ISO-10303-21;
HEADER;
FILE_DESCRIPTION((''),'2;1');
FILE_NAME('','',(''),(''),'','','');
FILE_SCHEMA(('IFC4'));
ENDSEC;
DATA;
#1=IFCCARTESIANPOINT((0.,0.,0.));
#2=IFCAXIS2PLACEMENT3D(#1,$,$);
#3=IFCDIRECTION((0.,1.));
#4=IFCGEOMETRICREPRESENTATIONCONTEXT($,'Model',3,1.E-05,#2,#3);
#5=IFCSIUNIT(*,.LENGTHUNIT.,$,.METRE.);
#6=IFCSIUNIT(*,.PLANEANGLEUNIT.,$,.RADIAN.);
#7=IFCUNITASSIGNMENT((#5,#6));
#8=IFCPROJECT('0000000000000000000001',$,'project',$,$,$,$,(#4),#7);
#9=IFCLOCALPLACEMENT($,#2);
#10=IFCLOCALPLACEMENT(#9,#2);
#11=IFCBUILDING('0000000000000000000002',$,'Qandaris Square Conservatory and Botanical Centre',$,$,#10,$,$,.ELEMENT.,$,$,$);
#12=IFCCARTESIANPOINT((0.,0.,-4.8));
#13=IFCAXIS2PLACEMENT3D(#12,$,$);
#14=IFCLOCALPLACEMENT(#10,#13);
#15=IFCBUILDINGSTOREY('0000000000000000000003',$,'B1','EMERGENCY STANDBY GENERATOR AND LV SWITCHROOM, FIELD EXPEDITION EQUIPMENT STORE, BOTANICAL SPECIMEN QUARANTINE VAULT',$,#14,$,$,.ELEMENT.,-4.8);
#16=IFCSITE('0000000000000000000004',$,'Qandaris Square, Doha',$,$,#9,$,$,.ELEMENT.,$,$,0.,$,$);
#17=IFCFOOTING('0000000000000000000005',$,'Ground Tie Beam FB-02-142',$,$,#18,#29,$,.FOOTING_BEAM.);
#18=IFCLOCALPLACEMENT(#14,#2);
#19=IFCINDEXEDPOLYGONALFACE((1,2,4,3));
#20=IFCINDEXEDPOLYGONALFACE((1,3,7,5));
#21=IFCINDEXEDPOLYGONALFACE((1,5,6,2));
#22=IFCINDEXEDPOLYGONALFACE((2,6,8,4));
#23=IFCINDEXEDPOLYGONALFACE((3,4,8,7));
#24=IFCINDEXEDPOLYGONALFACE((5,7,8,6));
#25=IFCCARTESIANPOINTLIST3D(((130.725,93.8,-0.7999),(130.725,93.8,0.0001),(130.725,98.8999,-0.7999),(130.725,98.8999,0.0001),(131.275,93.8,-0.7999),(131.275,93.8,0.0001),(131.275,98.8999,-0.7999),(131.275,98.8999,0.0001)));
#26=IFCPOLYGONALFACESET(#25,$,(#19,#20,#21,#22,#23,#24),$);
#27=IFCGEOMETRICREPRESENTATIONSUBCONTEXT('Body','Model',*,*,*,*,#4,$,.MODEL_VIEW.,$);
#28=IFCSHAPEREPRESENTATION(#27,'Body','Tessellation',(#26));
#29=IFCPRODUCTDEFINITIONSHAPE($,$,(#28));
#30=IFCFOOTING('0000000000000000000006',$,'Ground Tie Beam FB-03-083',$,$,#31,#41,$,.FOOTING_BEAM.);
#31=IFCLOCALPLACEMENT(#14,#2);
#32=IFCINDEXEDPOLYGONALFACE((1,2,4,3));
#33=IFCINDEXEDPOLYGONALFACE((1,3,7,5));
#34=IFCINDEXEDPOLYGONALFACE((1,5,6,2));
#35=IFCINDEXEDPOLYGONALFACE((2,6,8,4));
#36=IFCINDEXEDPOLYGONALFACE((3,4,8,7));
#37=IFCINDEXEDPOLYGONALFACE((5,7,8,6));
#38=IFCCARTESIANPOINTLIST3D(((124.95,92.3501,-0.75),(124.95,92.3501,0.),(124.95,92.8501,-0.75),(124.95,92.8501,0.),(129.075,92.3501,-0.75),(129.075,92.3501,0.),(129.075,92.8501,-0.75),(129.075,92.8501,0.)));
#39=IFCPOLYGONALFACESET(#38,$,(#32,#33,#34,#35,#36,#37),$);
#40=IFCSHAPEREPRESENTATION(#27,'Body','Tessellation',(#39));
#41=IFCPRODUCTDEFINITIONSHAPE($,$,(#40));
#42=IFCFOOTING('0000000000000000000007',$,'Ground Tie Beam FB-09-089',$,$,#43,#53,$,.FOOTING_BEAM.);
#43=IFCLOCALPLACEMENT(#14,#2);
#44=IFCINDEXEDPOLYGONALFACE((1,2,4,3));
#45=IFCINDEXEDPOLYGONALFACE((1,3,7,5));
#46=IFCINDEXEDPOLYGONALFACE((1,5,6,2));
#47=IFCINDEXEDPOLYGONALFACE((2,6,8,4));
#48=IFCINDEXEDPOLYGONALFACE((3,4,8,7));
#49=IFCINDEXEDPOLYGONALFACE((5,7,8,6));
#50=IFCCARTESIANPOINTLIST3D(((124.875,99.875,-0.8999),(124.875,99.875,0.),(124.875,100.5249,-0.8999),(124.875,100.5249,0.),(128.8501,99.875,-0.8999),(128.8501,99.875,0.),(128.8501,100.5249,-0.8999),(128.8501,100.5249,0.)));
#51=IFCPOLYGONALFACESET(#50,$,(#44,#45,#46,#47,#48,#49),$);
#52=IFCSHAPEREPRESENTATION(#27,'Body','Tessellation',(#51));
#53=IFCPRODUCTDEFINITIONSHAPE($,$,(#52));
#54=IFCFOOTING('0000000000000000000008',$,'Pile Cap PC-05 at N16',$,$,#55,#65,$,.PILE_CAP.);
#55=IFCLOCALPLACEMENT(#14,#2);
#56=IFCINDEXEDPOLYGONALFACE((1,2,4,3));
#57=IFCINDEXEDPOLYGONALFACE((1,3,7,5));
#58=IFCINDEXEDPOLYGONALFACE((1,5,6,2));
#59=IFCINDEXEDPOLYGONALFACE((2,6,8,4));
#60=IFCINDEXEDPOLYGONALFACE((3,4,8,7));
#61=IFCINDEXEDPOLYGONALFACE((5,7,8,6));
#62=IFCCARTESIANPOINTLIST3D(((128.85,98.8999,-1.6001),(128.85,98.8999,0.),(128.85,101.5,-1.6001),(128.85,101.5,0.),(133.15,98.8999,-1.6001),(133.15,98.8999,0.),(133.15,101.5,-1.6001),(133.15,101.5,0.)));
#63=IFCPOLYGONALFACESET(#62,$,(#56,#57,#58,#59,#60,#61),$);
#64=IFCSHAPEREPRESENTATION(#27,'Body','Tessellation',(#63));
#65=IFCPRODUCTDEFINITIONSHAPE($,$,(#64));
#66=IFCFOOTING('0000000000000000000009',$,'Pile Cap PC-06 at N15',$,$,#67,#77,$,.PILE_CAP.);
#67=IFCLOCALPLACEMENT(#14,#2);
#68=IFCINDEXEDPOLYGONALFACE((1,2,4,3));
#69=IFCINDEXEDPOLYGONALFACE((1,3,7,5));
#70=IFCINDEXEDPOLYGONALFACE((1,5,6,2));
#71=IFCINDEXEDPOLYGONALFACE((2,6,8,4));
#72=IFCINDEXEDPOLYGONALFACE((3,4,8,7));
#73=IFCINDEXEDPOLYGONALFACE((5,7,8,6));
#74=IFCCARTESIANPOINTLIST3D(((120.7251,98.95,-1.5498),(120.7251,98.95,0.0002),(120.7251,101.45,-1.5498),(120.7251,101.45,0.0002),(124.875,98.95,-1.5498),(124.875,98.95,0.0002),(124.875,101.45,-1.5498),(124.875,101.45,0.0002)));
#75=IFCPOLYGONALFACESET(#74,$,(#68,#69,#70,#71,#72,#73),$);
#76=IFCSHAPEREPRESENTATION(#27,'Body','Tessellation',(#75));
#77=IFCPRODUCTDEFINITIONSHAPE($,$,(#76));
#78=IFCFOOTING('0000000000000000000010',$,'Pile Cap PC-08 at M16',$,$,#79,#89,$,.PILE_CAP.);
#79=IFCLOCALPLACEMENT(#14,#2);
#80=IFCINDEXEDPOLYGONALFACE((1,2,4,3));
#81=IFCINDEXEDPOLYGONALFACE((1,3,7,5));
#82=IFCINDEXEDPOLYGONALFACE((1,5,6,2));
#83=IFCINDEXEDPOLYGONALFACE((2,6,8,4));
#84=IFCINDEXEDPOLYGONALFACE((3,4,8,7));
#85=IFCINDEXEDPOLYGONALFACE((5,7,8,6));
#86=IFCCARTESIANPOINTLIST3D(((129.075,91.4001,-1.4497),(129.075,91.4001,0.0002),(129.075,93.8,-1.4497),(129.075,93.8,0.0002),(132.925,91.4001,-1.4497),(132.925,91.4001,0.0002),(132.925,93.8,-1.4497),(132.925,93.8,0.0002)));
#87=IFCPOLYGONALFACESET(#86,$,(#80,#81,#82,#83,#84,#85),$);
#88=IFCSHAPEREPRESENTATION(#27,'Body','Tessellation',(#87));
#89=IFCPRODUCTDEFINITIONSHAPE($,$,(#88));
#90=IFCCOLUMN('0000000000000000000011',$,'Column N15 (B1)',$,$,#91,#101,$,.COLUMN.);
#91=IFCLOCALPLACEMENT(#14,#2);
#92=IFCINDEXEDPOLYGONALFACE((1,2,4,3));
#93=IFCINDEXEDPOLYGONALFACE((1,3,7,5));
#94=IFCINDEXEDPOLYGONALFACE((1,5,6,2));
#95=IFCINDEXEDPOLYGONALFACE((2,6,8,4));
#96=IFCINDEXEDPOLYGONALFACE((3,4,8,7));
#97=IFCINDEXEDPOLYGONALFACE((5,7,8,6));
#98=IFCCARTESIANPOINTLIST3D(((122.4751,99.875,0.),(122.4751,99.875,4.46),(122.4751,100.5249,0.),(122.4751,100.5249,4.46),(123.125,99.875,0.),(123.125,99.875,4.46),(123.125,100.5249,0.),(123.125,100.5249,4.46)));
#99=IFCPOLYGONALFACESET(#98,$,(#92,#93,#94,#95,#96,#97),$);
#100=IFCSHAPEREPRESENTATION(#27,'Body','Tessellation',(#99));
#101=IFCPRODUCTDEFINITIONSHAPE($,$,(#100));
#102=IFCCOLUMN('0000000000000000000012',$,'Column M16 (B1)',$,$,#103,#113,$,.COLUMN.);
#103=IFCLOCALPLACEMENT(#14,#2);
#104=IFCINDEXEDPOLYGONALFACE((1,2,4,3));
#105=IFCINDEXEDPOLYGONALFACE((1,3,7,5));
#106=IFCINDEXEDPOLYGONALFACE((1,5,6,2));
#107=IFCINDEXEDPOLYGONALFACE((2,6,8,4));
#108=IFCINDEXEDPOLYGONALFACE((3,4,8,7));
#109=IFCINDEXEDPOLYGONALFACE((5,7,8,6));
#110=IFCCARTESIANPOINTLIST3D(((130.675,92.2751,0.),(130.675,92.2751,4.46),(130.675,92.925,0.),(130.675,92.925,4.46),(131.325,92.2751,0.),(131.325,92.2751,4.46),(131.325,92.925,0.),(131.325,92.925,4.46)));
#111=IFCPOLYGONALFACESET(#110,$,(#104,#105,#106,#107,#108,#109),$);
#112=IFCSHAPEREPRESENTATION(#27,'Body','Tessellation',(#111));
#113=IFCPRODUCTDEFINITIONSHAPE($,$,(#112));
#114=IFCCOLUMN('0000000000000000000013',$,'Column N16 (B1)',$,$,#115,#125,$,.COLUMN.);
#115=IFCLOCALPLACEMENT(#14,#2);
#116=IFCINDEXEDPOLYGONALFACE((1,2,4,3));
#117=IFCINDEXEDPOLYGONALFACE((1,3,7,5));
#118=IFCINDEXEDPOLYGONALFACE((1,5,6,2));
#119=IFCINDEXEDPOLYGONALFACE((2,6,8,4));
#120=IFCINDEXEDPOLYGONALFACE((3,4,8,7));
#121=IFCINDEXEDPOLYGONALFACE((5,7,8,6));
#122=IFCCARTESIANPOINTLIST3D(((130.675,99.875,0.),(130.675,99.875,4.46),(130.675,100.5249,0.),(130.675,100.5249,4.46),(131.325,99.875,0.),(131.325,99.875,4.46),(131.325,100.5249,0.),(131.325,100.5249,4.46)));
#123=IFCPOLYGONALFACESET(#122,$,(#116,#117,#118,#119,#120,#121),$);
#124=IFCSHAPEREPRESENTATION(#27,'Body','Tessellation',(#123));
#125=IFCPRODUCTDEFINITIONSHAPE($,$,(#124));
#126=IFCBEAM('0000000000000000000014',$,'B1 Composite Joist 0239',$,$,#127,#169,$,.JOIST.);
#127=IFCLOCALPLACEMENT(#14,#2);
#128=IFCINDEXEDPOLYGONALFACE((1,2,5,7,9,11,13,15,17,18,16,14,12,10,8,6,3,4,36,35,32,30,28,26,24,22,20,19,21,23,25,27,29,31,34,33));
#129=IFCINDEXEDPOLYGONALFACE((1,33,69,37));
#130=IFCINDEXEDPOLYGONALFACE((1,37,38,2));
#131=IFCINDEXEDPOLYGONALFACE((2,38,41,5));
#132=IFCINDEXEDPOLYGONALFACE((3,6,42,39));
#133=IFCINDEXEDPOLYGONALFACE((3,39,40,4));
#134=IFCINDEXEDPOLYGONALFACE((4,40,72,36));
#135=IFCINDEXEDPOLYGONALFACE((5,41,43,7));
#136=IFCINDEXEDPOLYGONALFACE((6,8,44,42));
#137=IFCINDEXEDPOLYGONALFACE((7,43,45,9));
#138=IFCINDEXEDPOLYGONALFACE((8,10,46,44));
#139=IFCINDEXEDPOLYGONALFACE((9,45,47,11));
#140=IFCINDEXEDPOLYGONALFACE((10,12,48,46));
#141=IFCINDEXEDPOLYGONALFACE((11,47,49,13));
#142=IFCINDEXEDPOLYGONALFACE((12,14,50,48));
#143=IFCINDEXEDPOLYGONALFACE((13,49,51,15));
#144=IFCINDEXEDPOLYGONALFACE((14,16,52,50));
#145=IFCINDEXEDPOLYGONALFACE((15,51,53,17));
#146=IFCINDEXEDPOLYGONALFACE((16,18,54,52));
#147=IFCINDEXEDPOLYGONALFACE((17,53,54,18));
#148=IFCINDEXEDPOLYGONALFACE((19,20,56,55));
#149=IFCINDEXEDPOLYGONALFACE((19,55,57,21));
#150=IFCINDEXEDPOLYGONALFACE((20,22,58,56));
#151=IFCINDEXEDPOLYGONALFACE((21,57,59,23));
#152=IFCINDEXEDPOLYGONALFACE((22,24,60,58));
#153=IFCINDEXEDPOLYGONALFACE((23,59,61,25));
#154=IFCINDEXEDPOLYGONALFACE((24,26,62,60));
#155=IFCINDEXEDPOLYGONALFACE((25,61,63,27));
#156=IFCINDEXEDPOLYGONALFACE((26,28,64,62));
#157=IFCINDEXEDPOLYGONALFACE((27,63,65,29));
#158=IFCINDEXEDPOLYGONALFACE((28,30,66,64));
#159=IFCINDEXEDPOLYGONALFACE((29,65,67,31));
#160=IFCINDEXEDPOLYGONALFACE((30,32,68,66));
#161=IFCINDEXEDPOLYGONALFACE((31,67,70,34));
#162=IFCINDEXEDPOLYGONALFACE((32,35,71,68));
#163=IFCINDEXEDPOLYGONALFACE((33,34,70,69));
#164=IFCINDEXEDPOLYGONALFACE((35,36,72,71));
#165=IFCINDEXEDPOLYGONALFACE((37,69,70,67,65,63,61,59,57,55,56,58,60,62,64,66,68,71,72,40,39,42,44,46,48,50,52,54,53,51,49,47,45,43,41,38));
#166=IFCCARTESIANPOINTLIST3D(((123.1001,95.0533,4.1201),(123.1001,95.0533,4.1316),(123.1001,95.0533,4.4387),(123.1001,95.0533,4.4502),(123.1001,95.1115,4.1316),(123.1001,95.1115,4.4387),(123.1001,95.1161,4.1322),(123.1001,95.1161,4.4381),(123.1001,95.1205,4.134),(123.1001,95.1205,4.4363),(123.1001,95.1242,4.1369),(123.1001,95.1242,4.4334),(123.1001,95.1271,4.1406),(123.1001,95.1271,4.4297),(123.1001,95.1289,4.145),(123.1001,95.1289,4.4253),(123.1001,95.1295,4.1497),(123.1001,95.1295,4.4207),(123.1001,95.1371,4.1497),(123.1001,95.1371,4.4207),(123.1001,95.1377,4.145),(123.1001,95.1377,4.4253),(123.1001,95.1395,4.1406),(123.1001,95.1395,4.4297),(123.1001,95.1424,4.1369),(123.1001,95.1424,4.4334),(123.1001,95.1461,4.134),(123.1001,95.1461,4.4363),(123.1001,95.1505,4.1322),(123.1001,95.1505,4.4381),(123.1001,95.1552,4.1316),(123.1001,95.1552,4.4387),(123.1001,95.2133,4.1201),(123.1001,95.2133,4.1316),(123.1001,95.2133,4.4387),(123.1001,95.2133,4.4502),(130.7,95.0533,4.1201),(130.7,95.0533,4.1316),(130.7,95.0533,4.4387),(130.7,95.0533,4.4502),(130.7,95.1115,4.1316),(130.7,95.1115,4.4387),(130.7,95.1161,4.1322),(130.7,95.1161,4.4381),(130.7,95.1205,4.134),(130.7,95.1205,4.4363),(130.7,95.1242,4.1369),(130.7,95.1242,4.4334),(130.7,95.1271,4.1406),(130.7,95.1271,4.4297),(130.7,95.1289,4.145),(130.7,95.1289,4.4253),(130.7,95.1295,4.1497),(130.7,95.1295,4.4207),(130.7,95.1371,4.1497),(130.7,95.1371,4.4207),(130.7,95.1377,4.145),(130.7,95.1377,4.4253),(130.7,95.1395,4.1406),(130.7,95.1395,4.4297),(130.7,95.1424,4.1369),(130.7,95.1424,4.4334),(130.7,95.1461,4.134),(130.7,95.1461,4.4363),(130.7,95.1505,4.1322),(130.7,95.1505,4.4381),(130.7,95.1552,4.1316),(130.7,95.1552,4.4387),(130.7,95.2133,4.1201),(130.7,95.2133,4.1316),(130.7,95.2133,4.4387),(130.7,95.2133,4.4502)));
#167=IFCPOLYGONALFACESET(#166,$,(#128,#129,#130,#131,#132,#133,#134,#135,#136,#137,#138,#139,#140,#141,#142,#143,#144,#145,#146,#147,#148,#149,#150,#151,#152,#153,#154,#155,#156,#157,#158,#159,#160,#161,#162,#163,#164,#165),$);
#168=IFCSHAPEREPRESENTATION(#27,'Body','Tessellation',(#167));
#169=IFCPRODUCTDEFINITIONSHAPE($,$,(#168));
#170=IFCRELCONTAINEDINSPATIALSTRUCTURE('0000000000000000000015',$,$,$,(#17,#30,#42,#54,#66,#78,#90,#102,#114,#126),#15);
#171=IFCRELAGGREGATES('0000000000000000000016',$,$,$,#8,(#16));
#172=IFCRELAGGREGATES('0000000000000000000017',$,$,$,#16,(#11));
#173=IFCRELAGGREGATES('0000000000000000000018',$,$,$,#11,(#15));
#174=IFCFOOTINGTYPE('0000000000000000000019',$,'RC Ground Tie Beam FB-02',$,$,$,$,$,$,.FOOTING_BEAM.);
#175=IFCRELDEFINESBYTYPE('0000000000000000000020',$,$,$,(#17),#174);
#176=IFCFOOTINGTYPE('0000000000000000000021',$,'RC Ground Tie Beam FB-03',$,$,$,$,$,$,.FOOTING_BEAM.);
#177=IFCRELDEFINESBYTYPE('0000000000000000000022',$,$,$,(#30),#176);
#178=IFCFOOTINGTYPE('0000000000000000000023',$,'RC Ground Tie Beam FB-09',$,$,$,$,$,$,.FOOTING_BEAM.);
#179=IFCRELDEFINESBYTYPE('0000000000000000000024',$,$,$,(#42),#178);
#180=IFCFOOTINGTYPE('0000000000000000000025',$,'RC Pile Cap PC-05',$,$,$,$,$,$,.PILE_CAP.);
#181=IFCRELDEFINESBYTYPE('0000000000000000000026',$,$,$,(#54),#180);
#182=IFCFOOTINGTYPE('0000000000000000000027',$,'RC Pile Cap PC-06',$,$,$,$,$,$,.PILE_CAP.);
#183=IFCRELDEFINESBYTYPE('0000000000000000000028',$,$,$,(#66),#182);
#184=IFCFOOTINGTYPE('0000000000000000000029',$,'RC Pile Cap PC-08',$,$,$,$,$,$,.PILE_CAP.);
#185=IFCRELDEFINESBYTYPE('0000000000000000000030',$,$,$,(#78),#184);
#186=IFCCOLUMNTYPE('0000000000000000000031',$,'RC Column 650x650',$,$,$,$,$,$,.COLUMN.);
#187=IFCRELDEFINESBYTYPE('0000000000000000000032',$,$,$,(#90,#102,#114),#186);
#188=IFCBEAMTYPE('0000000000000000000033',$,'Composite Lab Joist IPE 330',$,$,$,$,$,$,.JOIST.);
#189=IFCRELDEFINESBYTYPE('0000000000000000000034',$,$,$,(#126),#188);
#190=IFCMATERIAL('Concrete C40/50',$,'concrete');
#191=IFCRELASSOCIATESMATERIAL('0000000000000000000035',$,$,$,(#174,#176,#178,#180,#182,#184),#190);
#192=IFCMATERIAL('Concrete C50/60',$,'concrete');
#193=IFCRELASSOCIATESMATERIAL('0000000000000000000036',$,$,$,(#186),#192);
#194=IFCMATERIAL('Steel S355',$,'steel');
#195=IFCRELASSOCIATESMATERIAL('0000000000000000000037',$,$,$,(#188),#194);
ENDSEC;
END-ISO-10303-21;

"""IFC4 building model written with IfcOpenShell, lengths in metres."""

from ifc_helpers import new_model, si_unit, direction, frame, origin, origin_2d, place, context, subcontext, project, spatial, rectangle, i_section, extrude, material, material_profile, profile_set, type_object, element, save


model = new_model("IFC4")

# Units and contexts
model_context = context("Model", 3, precision=1e-05, world=origin(), true_north=direction((0.0, 1.0)))
body_context = subcontext(model_context, "Body", "Model", "MODEL_VIEW")
ifc_project = project(units=[si_unit("LENGTHUNIT", "METRE"), si_unit("PLANEANGLEUNIT", "RADIAN")], contexts=[model_context])

# Site, building, storey
site_placement = place(None, origin())
site = spatial("IfcSite", under=ifc_project, at=site_placement, Name="Qandaris Square, Doha", CompositionType="ELEMENT", RefElevation=0.0)
building_placement = place(site_placement, origin())
building = spatial("IfcBuilding", under=site, at=building_placement, Name="Qandaris Square Conservatory and Botanical Centre", CompositionType="ELEMENT")
storey_placement = place(building_placement, frame((0.0, 0.0, -4.8)))
storey = spatial("IfcBuildingStorey", under=building, at=storey_placement, Name="B1", Description="EMERGENCY STANDBY GENERATOR AND LV SWITCHROOM, FIELD EXPEDITION EQUIPMENT STORE, BOTANICAL SPECIMEN QUARANTINE VAULT", CompositionType="ELEMENT", Elevation=-4.8)

# Shared definitions
ifc_material_1 = material(Name="Concrete C50/60", Category="concrete")

# Footings
ifc_material_2 = material(Name="Concrete C40/50", Category="concrete")
ifc_material_profile_1 = material_profile(ifc_material_2, rectangle(XDim=0.55, YDim=0.8, at=origin_2d()), Name="FB 550x800")
ifc_profile_set_1 = profile_set([ifc_material_profile_1], Name="Concrete C40/50")
footing_type_1 = type_object("IfcFootingType", Name="RC Ground Tie Beam FB-02", PredefinedType="FOOTING_BEAM", material=ifc_profile_set_1)
footing_1_placement = place(storey_placement, frame((131.0, 93.8, -0.3999), z_axis=(0.0, 1.0, 0.0), x_axis=(-1.0, 0.0, 0.0)))
element("IfcFooting", 1, at=footing_1_placement, inside=storey, type_object=footing_type_1, Name="Ground Tie Beam FB-02-142", PredefinedType="FOOTING_BEAM", context=body_context, shape_type="SweptSolid", body=[
    extrude(rectangle(XDim=0.55, YDim=0.8, at=origin_2d()), origin(), (0.0, 0.0, 1.0), 5.0999),
])
ifc_material_profile_2 = material_profile(ifc_material_2, rectangle(XDim=0.5, YDim=0.75, at=origin_2d()), Name="FB 500x750")
ifc_profile_set_2 = profile_set([ifc_material_profile_2], Name="Concrete C40/50")
footing_type_2 = type_object("IfcFootingType", Name="RC Ground Tie Beam FB-03", PredefinedType="FOOTING_BEAM", material=ifc_profile_set_2)
footing_2_placement = place(storey_placement, frame((124.95, 92.6001, -0.375), z_axis=(1.0, 0.0, 0.0), x_axis=(0.0, 1.0, 0.0)))
element("IfcFooting", 2, at=footing_2_placement, inside=storey, type_object=footing_type_2, Name="Ground Tie Beam FB-03-083", PredefinedType="FOOTING_BEAM", context=body_context, shape_type="SweptSolid", body=[
    extrude(rectangle(XDim=0.5, YDim=0.75, at=origin_2d()), origin(), (0.0, 0.0, 1.0), 4.125),
])
ifc_material_profile_3 = material_profile(ifc_material_2, rectangle(XDim=0.6499, YDim=0.8999, at=origin_2d()), Name="FB 650x900")
ifc_profile_set_3 = profile_set([ifc_material_profile_3], Name="Concrete C40/50")
footing_type_3 = type_object("IfcFootingType", Name="RC Ground Tie Beam FB-09", PredefinedType="FOOTING_BEAM", material=ifc_profile_set_3)
footing_3_placement = place(storey_placement, frame((124.875, 100.2, -0.45), z_axis=(1.0, 0.0, 0.0), x_axis=(0.0, 1.0, 0.0)))
element("IfcFooting", 3, at=footing_3_placement, inside=storey, type_object=footing_type_3, Name="Ground Tie Beam FB-09-089", PredefinedType="FOOTING_BEAM", context=body_context, shape_type="SweptSolid", body=[
    extrude(rectangle(XDim=0.6499, YDim=0.8999, at=origin_2d()), origin(), (0.0, 0.0, 1.0), 3.9751),
])
footing_type_4 = type_object("IfcFootingType", Name="RC Pile Cap PC-05", PredefinedType="PILE_CAP", material=ifc_material_2)
footing_4_placement = place(storey_placement, frame((131.0, 100.2, -1.6001), z_axis=(0.0, 0.0, 1.0), x_axis=(1.0, 0.0, 0.0)))
element("IfcFooting", 4, at=footing_4_placement, inside=storey, type_object=footing_type_4, Name="Pile Cap PC-05 at N16", PredefinedType="PILE_CAP", context=body_context, shape_type="SweptSolid", body=[
    extrude(rectangle(XDim=4.3, YDim=2.6001, at=origin_2d()), origin(), (0.0, 0.0, 1.0), 1.6001),
])
footing_type_5 = type_object("IfcFootingType", Name="RC Pile Cap PC-06", PredefinedType="PILE_CAP", material=ifc_material_2)
footing_5_placement = place(storey_placement, frame((122.8, 100.2, -1.5498), z_axis=(0.0, 0.0, 1.0), x_axis=(1.0, 0.0, 0.0)))
element("IfcFooting", 5, at=footing_5_placement, inside=storey, type_object=footing_type_5, Name="Pile Cap PC-06 at N15", PredefinedType="PILE_CAP", context=body_context, shape_type="SweptSolid", body=[
    extrude(rectangle(XDim=4.1499, YDim=2.5, at=origin_2d()), origin(), (0.0, 0.0, 1.0), 1.55),
])
footing_type_6 = type_object("IfcFootingType", Name="RC Pile Cap PC-08", PredefinedType="PILE_CAP", material=ifc_material_2)
footing_6_placement = place(storey_placement, frame((131.0, 92.6001, -1.4497), z_axis=(0.0, 0.0, 1.0), x_axis=(1.0, 0.0, 0.0)))
element("IfcFooting", 6, at=footing_6_placement, inside=storey, type_object=footing_type_6, Name="Pile Cap PC-08 at M16", PredefinedType="PILE_CAP", context=body_context, shape_type="SweptSolid", body=[
    extrude(rectangle(XDim=3.8501, YDim=2.3999, at=origin_2d()), origin(), (0.0, 0.0, 1.0), 1.45),
])

# Columns
ifc_material_profile_4 = material_profile(ifc_material_1, rectangle(XDim=0.6499, YDim=0.6499, at=origin_2d()), Name="RC-COL 650x650")
ifc_profile_set_4 = profile_set([ifc_material_profile_4], Name="Concrete C50/60")
column_type = type_object("IfcColumnType", Name="RC Column 650x650", PredefinedType="COLUMN", material=ifc_profile_set_4)
for number, where, z_axis, x_axis, name in (
    (7, (122.8, 100.2, 0.0), (0.0, 0.0, 1.0), (1.0, 0.0, 0.0), "Column N15 (B1)"),
    (8, (131.0, 92.6001, 0.0), (0.0, 0.0, 1.0), (1.0, 0.0, 0.0), "Column M16 (B1)"),
    (9, (131.0, 100.2, 0.0), (0.0, 0.0, 1.0), (1.0, 0.0, 0.0), "Column N16 (B1)"),
):
    element("IfcColumn", number, at=place(storey_placement, frame(where, z_axis=z_axis, x_axis=x_axis)), inside=storey, type_object=column_type, Name=name, PredefinedType="COLUMN", context=body_context, shape_type="SweptSolid", body=[
        extrude(rectangle(XDim=0.6499, YDim=0.6499, at=origin_2d()), origin(), (0.0, 0.0, 1.0), 4.46),
    ])

# Beam
ifc_material_3 = material(Name="Steel S355", Category="steel")
ifc_material_profile_5 = material_profile(ifc_material_3, i_section(OverallWidth=0.1599, OverallDepth=0.3301, WebThickness=0.0076, FlangeThickness=0.0115, FilletRadius=0.0181, at=origin_2d()), Name="IPE 330")
ifc_profile_set_5 = profile_set([ifc_material_profile_5], Name="Steel S355")
beam_type_1 = type_object("IfcBeamType", Name="Composite Lab Joist IPE 330", PredefinedType="JOIST", material=ifc_profile_set_5)
beam_1_placement = place(storey_placement, frame((123.1001, 95.1333, 4.2852), z_axis=(1.0, 0.0, 0.0), x_axis=(0.0, 1.0, 0.0)))
element("IfcBeam", 10, at=beam_1_placement, inside=storey, type_object=beam_type_1, Name="B1 Composite Joist 0239", PredefinedType="JOIST", context=body_context, shape_type="SweptSolid", body=[
    extrude(i_section(OverallWidth=0.1599, OverallDepth=0.3301, WebThickness=0.0076, FlangeThickness=0.0115, FilletRadius=0.0181, at=origin_2d()), origin(), (0.0, 0.0, 1.0), 7.5999),
])

save(model, "model.ifc")
